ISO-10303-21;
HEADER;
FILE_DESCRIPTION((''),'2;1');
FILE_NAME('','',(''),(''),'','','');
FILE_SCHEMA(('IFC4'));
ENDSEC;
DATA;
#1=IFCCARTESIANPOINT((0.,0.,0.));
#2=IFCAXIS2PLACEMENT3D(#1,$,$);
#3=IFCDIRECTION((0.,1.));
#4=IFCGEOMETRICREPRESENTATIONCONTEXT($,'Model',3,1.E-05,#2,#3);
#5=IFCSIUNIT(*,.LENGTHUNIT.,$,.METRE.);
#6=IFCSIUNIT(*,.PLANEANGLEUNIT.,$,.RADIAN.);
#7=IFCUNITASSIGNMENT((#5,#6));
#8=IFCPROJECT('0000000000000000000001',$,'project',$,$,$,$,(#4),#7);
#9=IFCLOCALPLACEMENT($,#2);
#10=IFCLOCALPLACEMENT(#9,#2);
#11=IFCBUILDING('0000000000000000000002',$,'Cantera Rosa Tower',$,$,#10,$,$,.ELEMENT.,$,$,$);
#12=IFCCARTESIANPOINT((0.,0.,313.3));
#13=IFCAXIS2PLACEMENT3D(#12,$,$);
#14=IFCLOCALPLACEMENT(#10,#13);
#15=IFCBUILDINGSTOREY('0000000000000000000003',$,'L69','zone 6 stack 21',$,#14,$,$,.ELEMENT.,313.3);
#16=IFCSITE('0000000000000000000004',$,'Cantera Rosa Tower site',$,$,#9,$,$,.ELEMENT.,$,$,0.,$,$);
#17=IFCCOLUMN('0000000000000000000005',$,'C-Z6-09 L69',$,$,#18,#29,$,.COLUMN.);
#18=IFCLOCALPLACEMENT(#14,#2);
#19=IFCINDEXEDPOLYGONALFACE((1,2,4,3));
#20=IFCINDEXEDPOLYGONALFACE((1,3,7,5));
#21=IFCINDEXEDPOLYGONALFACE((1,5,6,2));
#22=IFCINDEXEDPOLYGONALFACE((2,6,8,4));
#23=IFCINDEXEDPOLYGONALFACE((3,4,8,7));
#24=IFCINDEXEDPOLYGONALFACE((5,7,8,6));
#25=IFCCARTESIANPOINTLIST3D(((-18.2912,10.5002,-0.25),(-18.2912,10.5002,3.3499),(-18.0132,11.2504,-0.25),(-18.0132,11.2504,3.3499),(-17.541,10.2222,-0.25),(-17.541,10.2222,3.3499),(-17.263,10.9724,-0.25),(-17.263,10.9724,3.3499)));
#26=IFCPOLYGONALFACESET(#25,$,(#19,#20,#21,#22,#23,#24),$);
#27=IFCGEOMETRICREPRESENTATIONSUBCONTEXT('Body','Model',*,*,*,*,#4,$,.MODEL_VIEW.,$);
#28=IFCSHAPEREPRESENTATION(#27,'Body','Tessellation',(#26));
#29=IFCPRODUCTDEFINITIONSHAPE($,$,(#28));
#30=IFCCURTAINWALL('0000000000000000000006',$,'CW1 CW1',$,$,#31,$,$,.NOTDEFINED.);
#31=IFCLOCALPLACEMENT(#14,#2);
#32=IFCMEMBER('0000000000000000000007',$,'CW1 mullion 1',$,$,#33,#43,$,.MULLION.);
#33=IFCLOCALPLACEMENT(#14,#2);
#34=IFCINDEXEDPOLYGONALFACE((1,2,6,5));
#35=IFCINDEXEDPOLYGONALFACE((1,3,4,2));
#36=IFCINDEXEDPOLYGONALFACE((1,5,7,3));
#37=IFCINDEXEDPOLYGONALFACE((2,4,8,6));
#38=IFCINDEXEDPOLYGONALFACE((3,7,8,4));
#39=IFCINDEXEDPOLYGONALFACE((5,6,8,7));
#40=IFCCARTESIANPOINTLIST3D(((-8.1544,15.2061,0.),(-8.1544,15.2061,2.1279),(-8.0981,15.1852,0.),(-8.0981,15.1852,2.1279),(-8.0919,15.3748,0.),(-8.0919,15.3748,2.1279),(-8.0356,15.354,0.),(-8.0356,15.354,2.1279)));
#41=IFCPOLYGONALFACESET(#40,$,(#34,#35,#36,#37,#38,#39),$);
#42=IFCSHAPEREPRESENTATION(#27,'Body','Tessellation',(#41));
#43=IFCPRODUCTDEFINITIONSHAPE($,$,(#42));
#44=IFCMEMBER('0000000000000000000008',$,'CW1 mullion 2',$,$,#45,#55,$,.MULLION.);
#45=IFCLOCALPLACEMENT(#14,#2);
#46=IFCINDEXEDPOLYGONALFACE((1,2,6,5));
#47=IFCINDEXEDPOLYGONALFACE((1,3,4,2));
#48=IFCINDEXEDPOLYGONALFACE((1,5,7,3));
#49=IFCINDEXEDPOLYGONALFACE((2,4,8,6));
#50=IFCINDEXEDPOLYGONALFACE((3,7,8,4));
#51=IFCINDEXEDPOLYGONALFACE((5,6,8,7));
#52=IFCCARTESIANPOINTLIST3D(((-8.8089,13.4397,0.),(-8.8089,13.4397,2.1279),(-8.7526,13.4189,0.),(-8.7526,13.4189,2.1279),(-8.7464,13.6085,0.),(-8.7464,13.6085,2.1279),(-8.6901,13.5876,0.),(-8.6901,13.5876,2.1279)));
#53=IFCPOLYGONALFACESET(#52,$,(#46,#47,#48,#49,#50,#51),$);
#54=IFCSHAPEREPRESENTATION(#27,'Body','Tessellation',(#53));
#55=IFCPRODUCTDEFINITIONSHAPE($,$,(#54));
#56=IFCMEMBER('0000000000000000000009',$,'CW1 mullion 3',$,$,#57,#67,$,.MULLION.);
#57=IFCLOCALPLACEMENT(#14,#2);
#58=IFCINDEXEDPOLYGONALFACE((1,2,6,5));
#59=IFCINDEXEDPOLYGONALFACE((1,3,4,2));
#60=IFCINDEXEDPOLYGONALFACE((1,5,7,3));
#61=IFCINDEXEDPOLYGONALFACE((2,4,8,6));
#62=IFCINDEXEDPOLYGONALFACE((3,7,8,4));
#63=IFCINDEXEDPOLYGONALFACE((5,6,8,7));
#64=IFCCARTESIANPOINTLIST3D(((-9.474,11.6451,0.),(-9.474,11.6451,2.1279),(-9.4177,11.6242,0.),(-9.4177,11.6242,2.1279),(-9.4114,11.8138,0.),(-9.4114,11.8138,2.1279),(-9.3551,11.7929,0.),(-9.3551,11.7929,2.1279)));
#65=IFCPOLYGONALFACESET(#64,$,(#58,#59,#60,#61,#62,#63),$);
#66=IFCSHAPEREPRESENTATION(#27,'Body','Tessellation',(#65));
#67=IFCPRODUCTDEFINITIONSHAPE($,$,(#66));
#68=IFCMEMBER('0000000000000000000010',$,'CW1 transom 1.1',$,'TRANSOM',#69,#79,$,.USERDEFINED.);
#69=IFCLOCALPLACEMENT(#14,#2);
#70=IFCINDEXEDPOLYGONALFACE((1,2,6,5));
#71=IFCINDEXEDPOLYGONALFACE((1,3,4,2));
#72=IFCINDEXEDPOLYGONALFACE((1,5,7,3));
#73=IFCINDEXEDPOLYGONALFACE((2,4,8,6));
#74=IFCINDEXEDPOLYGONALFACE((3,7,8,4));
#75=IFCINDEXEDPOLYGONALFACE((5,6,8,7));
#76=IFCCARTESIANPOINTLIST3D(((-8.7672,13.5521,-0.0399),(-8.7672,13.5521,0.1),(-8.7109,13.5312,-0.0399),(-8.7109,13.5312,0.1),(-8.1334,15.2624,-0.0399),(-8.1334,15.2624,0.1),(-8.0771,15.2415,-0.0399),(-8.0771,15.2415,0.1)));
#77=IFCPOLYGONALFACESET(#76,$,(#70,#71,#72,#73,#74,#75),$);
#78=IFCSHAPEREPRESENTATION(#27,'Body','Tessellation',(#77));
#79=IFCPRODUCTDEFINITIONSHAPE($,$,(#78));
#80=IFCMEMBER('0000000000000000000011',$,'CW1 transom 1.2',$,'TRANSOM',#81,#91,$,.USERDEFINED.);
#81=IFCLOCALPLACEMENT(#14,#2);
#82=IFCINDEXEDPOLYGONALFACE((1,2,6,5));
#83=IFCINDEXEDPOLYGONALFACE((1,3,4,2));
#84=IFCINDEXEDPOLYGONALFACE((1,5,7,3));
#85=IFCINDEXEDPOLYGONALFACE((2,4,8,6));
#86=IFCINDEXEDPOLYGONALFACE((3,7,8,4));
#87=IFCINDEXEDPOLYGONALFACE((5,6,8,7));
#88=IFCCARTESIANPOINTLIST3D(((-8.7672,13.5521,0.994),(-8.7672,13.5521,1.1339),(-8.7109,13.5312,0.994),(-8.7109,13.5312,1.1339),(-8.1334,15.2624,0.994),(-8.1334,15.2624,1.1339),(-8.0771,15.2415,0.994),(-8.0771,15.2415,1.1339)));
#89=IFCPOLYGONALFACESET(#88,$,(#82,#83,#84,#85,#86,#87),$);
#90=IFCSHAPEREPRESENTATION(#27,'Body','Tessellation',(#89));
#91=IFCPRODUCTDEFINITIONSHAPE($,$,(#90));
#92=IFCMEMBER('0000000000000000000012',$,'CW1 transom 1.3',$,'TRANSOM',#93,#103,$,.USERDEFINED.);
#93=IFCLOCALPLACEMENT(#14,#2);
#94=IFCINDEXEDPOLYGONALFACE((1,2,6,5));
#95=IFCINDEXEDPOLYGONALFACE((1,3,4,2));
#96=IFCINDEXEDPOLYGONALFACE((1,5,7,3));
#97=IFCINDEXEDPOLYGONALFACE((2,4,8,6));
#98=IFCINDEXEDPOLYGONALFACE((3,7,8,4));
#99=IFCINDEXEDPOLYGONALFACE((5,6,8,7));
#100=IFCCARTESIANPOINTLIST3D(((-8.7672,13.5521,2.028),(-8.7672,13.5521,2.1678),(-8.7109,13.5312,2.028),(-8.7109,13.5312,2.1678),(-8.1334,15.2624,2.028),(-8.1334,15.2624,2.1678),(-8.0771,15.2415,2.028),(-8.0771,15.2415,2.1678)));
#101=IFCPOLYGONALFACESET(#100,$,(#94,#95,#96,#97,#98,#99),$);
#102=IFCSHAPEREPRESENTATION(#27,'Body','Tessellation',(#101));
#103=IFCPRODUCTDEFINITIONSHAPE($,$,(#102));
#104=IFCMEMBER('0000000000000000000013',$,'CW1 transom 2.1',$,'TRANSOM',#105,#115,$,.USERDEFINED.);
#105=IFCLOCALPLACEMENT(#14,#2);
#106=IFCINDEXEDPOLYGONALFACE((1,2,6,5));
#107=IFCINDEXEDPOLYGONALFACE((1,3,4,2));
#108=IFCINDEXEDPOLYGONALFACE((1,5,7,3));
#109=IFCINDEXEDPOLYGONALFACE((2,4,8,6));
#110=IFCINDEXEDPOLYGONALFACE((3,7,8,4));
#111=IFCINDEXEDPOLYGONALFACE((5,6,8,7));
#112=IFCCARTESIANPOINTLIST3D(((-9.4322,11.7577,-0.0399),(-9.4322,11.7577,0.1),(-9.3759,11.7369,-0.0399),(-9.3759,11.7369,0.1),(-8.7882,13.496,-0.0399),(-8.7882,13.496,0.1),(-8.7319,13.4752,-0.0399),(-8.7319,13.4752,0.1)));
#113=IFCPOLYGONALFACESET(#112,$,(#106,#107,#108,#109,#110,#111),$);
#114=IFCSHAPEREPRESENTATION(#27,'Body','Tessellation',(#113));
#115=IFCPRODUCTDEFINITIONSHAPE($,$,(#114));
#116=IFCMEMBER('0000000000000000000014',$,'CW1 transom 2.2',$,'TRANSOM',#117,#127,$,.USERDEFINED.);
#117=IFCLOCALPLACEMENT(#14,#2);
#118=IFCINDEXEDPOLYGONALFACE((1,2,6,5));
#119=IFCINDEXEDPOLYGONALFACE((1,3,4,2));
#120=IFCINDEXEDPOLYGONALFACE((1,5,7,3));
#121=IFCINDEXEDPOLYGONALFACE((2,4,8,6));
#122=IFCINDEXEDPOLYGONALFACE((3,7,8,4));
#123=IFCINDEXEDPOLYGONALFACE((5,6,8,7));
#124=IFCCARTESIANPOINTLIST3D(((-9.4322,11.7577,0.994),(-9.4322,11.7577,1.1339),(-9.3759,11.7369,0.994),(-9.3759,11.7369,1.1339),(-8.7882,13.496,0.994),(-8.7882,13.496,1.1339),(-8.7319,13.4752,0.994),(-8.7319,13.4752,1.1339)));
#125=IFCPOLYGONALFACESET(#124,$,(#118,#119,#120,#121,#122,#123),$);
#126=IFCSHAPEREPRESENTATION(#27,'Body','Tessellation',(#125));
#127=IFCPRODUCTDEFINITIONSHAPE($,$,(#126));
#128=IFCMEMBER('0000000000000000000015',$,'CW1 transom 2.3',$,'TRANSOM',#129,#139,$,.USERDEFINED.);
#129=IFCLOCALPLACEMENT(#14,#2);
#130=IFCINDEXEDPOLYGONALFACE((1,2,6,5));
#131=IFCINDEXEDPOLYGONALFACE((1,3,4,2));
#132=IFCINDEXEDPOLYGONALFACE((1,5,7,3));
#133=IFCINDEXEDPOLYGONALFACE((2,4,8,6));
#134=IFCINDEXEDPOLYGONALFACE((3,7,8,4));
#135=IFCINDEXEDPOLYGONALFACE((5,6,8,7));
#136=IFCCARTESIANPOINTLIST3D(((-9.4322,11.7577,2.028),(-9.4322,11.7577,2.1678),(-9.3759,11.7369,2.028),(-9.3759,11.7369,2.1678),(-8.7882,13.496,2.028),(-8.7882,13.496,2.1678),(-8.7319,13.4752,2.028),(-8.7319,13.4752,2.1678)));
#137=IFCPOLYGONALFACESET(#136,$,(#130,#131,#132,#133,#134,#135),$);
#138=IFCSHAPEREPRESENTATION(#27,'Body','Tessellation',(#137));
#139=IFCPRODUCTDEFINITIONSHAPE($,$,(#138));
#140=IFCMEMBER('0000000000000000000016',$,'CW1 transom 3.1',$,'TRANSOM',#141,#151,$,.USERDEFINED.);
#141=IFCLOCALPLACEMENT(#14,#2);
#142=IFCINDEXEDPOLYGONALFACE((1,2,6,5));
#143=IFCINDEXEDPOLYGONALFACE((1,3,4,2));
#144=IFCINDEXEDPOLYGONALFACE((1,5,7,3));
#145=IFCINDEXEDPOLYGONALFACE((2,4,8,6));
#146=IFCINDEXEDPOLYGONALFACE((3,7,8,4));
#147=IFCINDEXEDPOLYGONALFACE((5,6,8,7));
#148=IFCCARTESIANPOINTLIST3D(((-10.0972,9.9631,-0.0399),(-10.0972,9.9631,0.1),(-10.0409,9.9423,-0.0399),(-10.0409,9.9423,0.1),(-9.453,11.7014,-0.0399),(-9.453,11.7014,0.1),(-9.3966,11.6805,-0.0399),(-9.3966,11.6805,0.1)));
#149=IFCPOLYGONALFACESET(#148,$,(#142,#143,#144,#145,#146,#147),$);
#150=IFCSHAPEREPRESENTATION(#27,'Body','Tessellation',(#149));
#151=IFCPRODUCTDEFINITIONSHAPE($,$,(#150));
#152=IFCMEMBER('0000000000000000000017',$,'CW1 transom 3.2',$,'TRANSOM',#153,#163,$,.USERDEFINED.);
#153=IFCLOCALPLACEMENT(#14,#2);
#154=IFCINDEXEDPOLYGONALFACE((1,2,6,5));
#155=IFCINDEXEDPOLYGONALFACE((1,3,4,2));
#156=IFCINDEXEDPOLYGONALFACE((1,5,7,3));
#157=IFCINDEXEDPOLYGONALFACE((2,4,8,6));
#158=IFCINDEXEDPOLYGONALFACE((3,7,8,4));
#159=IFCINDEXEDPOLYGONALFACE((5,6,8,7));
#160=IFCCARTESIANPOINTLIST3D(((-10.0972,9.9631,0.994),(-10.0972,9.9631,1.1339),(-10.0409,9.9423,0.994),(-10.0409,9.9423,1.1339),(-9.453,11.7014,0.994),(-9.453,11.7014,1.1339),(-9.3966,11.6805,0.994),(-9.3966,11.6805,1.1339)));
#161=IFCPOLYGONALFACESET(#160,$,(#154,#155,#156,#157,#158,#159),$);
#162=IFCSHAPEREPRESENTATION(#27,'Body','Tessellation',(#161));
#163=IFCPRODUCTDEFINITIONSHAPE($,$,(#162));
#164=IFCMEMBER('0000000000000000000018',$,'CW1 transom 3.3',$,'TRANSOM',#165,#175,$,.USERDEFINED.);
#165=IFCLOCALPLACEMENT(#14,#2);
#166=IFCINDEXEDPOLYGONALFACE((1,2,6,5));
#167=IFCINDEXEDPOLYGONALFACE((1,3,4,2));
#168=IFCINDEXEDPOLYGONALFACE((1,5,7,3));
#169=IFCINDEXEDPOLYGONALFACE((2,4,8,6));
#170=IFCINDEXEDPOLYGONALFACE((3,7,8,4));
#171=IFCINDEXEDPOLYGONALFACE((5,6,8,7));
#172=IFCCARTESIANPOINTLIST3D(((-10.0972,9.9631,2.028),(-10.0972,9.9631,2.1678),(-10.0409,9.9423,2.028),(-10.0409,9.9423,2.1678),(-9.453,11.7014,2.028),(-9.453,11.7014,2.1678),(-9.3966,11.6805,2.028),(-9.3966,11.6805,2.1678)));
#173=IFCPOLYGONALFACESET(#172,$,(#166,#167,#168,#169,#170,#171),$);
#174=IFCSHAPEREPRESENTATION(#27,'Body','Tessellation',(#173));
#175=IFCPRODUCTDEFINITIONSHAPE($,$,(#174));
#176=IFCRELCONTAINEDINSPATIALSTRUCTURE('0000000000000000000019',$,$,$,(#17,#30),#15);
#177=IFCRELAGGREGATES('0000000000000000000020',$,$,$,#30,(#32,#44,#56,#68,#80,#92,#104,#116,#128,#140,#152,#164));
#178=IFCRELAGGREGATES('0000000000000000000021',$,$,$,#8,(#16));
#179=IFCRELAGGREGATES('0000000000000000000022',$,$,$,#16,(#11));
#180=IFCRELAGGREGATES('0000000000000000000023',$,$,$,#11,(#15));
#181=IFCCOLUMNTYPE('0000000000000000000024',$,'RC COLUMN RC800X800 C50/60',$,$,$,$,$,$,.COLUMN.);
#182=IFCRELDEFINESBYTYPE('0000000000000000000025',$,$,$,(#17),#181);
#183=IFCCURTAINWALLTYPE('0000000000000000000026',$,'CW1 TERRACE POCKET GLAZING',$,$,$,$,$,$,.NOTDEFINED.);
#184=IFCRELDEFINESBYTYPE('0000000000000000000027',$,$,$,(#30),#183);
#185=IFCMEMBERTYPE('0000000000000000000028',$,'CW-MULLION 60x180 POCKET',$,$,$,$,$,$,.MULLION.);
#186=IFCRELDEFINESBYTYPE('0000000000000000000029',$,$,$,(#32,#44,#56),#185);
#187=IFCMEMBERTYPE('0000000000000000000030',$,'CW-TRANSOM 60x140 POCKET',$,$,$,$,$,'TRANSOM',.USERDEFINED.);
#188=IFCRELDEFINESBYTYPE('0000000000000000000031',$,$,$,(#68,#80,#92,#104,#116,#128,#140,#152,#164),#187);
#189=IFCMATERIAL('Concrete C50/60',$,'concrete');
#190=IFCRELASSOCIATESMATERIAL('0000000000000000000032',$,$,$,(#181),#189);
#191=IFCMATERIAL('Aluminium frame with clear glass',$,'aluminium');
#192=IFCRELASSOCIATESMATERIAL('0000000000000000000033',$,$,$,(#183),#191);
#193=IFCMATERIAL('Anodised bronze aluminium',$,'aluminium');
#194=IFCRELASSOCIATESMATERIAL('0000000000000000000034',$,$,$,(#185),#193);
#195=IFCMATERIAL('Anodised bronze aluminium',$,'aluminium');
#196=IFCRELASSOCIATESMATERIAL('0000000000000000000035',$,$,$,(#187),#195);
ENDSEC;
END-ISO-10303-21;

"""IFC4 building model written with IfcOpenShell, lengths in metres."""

from ifc_helpers import new_model, si_unit, direction, frame, origin, origin_2d, place, context, subcontext, project, spatial, rectangle, extrude, material, material_profile, profile_set, type_object, element, aggregate, save


model = new_model("IFC4")

# Units and contexts
model_context = context("Model", 3, precision=1e-05, world=origin(), true_north=direction((0.0, 1.0)))
body_context = subcontext(model_context, "Body", "Model", "MODEL_VIEW")
ifc_project = project(units=[si_unit("LENGTHUNIT", "METRE"), si_unit("PLANEANGLEUNIT", "RADIAN")], contexts=[model_context])

# Site, building, storey
site_placement = place(None, origin())
site = spatial("IfcSite", under=ifc_project, at=site_placement, Name="Cantera Rosa Tower site", CompositionType="ELEMENT", RefElevation=0.0)
building_placement = place(site_placement, origin())
building = spatial("IfcBuilding", under=site, at=building_placement, Name="Cantera Rosa Tower", CompositionType="ELEMENT")
storey_placement = place(building_placement, frame((0.0, 0.0, 313.3)))
storey = spatial("IfcBuildingStorey", under=building, at=storey_placement, Name="L69", Description="zone 6 stack 21", CompositionType="ELEMENT", Elevation=313.3)

# Column
ifc_material_1 = material(Name="Concrete C50/60", Category="concrete")
ifc_material_profile_1 = material_profile(ifc_material_1, rectangle(XDim=0.8, YDim=0.8, at=origin_2d()), Name="RC COLUMN RC800X800 C50/60")
ifc_profile_set_1 = profile_set([ifc_material_profile_1], Name="Concrete C50/60")
column_type = type_object("IfcColumnType", Name="RC COLUMN RC800X800 C50/60", PredefinedType="COLUMN", material=ifc_profile_set_1)
column_placement = place(storey_placement, frame((-17.7771, 10.7363, -0.25), z_axis=(0.0, 0.0, 1.0), x_axis=(0.347481, 0.937687, 0.0)))
element("IfcColumn", 1, at=column_placement, inside=storey, type_object=column_type, Name="C-Z6-09 L69", PredefinedType="COLUMN", context=body_context, shape_type="SweptSolid", body=[
    extrude(rectangle(XDim=0.8, YDim=0.8, at=origin_2d()), origin(), (0.0, 0.0, 1.0), 3.5999),
])

# Curtain wall, members
ifc_material_2 = material(Name="Aluminium frame with clear glass", Category="aluminium")
curtain_wall_type = type_object("IfcCurtainWallType", Name="CW1 TERRACE POCKET GLAZING", PredefinedType="NOTDEFINED", material=ifc_material_2)
curtain_wall_placement = place(storey_placement, origin())
curtain_wall = element("IfcCurtainWall", 2, at=curtain_wall_placement, inside=storey, type_object=curtain_wall_type, Name="CW1 CW1", PredefinedType="NOTDEFINED")
ifc_material_3 = material(Name="Anodised bronze aluminium", Category="aluminium")
ifc_material_profile_2 = material_profile(ifc_material_3, rectangle(XDim=0.0601, YDim=0.1799, at=origin_2d()), Name="CW-MULLION 60x180 POCKET")
ifc_profile_set_2 = profile_set([ifc_material_profile_2], Name="Anodised bronze aluminium")
member_type_1 = type_object("IfcMemberType", Name="CW-MULLION 60x180 POCKET", PredefinedType="MULLION", material=ifc_profile_set_2)
member_1_placement = place(storey_placement, frame((-8.095, 15.28, 0.0), z_axis=(0.0, 0.0, 1.0), x_axis=(0.937687, -0.347481, 0.0)))
member_1 = element("IfcMember", 3, at=member_1_placement, type_object=member_type_1, Name="CW1 mullion 1", PredefinedType="MULLION", context=body_context, shape_type="SweptSolid", body=[
    extrude(rectangle(XDim=0.0601, YDim=0.1799, at=origin_2d()), origin(), (0.0, 0.0, 1.0), 2.1279),
])
member_2_placement = place(storey_placement, frame((-8.7495, 13.5137, 0.0), z_axis=(0.0, 0.0, 1.0), x_axis=(0.937687, -0.347481, 0.0)))
member_2 = element("IfcMember", 4, at=member_2_placement, type_object=member_type_1, Name="CW1 mullion 2", PredefinedType="MULLION", context=body_context, shape_type="SweptSolid", body=[
    extrude(rectangle(XDim=0.0601, YDim=0.1799, at=origin_2d()), origin(), (0.0, 0.0, 1.0), 2.1279),
])
member_3_placement = place(storey_placement, frame((-9.4146, 11.719, 0.0), z_axis=(0.0, 0.0, 1.0), x_axis=(0.937687, -0.347481, 0.0)))
member_3 = element("IfcMember", 5, at=member_3_placement, type_object=member_type_1, Name="CW1 mullion 3", PredefinedType="MULLION", context=body_context, shape_type="SweptSolid", body=[
    extrude(rectangle(XDim=0.0601, YDim=0.1799, at=origin_2d()), origin(), (0.0, 0.0, 1.0), 2.1279),
])
ifc_material_4 = material(Name="Anodised bronze aluminium", Category="aluminium")
ifc_material_profile_3 = material_profile(ifc_material_4, rectangle(XDim=0.0601, YDim=0.1399, at=origin_2d()), Name="CW-TRANSOM 60x140 POCKET")
ifc_profile_set_3 = profile_set([ifc_material_profile_3], Name="Anodised bronze aluminium")
member_type_2 = type_object("IfcMemberType", Name="CW-TRANSOM 60x140 POCKET", ElementType="TRANSOM", PredefinedType="USERDEFINED", material=ifc_profile_set_3)
member_4_placement = place(storey_placement, frame((-8.1052, 15.252, 0.03), z_axis=(-0.347497, -0.937681, 0.0), x_axis=(0.937681, -0.347497, 0.0)))
member_4 = element("IfcMember", 6, at=member_4_placement, type_object=member_type_2, Name="CW1 transom 1.1", ObjectType="TRANSOM", PredefinedType="USERDEFINED", context=body_context, shape_type="SweptSolid", body=[
    extrude(rectangle(XDim=0.0601, YDim=0.1399, at=origin_2d()), origin(), (0.0, 0.0, 1.0), 1.824),
])
member_5_placement = place(storey_placement, frame((-8.1052, 15.252, 1.064), z_axis=(-0.347497, -0.937681, 0.0), x_axis=(0.937681, -0.347497, 0.0)))
member_5 = element("IfcMember", 7, at=member_5_placement, type_object=member_type_2, Name="CW1 transom 1.2", ObjectType="TRANSOM", PredefinedType="USERDEFINED", context=body_context, shape_type="SweptSolid", body=[
    extrude(rectangle(XDim=0.0601, YDim=0.1399, at=origin_2d()), origin(), (0.0, 0.0, 1.0), 1.824),
])
member_6_placement = place(storey_placement, frame((-8.1052, 15.252, 2.0979), z_axis=(-0.347497, -0.937681, 0.0), x_axis=(0.937681, -0.347497, 0.0)))
member_6 = element("IfcMember", 8, at=member_6_placement, type_object=member_type_2, Name="CW1 transom 1.3", ObjectType="TRANSOM", PredefinedType="USERDEFINED", context=body_context, shape_type="SweptSolid", body=[
    extrude(rectangle(XDim=0.0601, YDim=0.1399, at=origin_2d()), origin(), (0.0, 0.0, 1.0), 1.824),
])
member_7_placement = place(storey_placement, frame((-8.76, 13.4856, 0.03), z_axis=(-0.347426, -0.937707, 0.0), x_axis=(0.937707, -0.347426, 0.0)))
member_7 = element("IfcMember", 9, at=member_7_placement, type_object=member_type_2, Name="CW1 transom 2.1", ObjectType="TRANSOM", PredefinedType="USERDEFINED", context=body_context, shape_type="SweptSolid", body=[
    extrude(rectangle(XDim=0.0601, YDim=0.1399, at=origin_2d()), origin(), (0.0, 0.0, 1.0), 1.8538),
])
member_8_placement = place(storey_placement, frame((-8.76, 13.4856, 1.064), z_axis=(-0.347426, -0.937707, 0.0), x_axis=(0.937707, -0.347426, 0.0)))
member_8 = element("IfcMember", 10, at=member_8_placement, type_object=member_type_2, Name="CW1 transom 2.2", ObjectType="TRANSOM", PredefinedType="USERDEFINED", context=body_context, shape_type="SweptSolid", body=[
    extrude(rectangle(XDim=0.0601, YDim=0.1399, at=origin_2d()), origin(), (0.0, 0.0, 1.0), 1.8538),
])
member_9_placement = place(storey_placement, frame((-8.76, 13.4856, 2.0979), z_axis=(-0.347426, -0.937707, 0.0), x_axis=(0.937707, -0.347426, 0.0)))
member_9 = element("IfcMember", 11, at=member_9_placement, type_object=member_type_2, Name="CW1 transom 2.3", ObjectType="TRANSOM", PredefinedType="USERDEFINED", context=body_context, shape_type="SweptSolid", body=[
    extrude(rectangle(XDim=0.0601, YDim=0.1399, at=origin_2d()), origin(), (0.0, 0.0, 1.0), 1.8538),
])
member_10_placement = place(storey_placement, frame((-9.4248, 11.6909, 0.03), z_axis=(-0.347542, -0.937665, 0.0), x_axis=(0.937665, -0.347542, 0.0)))
member_10 = element("IfcMember", 12, at=member_10_placement, type_object=member_type_2, Name="CW1 transom 3.1", ObjectType="TRANSOM", PredefinedType="USERDEFINED", context=body_context, shape_type="SweptSolid", body=[
    extrude(rectangle(XDim=0.0601, YDim=0.1399, at=origin_2d()), origin(), (0.0, 0.0, 1.0), 1.8538),
])
member_11_placement = place(storey_placement, frame((-9.4248, 11.6909, 1.064), z_axis=(-0.347542, -0.937665, 0.0), x_axis=(0.937665, -0.347542, 0.0)))
member_11 = element("IfcMember", 13, at=member_11_placement, type_object=member_type_2, Name="CW1 transom 3.2", ObjectType="TRANSOM", PredefinedType="USERDEFINED", context=body_context, shape_type="SweptSolid", body=[
    extrude(rectangle(XDim=0.0601, YDim=0.1399, at=origin_2d()), origin(), (0.0, 0.0, 1.0), 1.8538),
])
member_12_placement = place(storey_placement, frame((-9.4248, 11.6909, 2.0979), z_axis=(-0.347542, -0.937665, 0.0), x_axis=(0.937665, -0.347542, 0.0)))
member_12 = element("IfcMember", 14, at=member_12_placement, type_object=member_type_2, Name="CW1 transom 3.3", ObjectType="TRANSOM", PredefinedType="USERDEFINED", context=body_context, shape_type="SweptSolid", body=[
    extrude(rectangle(XDim=0.0601, YDim=0.1399, at=origin_2d()), origin(), (0.0, 0.0, 1.0), 1.8538),
])

aggregate(curtain_wall, [member_1, member_2, member_3, member_4, member_5, member_6, member_7, member_8, member_9, member_10, member_11, member_12])

save(model, "model.ifc")
